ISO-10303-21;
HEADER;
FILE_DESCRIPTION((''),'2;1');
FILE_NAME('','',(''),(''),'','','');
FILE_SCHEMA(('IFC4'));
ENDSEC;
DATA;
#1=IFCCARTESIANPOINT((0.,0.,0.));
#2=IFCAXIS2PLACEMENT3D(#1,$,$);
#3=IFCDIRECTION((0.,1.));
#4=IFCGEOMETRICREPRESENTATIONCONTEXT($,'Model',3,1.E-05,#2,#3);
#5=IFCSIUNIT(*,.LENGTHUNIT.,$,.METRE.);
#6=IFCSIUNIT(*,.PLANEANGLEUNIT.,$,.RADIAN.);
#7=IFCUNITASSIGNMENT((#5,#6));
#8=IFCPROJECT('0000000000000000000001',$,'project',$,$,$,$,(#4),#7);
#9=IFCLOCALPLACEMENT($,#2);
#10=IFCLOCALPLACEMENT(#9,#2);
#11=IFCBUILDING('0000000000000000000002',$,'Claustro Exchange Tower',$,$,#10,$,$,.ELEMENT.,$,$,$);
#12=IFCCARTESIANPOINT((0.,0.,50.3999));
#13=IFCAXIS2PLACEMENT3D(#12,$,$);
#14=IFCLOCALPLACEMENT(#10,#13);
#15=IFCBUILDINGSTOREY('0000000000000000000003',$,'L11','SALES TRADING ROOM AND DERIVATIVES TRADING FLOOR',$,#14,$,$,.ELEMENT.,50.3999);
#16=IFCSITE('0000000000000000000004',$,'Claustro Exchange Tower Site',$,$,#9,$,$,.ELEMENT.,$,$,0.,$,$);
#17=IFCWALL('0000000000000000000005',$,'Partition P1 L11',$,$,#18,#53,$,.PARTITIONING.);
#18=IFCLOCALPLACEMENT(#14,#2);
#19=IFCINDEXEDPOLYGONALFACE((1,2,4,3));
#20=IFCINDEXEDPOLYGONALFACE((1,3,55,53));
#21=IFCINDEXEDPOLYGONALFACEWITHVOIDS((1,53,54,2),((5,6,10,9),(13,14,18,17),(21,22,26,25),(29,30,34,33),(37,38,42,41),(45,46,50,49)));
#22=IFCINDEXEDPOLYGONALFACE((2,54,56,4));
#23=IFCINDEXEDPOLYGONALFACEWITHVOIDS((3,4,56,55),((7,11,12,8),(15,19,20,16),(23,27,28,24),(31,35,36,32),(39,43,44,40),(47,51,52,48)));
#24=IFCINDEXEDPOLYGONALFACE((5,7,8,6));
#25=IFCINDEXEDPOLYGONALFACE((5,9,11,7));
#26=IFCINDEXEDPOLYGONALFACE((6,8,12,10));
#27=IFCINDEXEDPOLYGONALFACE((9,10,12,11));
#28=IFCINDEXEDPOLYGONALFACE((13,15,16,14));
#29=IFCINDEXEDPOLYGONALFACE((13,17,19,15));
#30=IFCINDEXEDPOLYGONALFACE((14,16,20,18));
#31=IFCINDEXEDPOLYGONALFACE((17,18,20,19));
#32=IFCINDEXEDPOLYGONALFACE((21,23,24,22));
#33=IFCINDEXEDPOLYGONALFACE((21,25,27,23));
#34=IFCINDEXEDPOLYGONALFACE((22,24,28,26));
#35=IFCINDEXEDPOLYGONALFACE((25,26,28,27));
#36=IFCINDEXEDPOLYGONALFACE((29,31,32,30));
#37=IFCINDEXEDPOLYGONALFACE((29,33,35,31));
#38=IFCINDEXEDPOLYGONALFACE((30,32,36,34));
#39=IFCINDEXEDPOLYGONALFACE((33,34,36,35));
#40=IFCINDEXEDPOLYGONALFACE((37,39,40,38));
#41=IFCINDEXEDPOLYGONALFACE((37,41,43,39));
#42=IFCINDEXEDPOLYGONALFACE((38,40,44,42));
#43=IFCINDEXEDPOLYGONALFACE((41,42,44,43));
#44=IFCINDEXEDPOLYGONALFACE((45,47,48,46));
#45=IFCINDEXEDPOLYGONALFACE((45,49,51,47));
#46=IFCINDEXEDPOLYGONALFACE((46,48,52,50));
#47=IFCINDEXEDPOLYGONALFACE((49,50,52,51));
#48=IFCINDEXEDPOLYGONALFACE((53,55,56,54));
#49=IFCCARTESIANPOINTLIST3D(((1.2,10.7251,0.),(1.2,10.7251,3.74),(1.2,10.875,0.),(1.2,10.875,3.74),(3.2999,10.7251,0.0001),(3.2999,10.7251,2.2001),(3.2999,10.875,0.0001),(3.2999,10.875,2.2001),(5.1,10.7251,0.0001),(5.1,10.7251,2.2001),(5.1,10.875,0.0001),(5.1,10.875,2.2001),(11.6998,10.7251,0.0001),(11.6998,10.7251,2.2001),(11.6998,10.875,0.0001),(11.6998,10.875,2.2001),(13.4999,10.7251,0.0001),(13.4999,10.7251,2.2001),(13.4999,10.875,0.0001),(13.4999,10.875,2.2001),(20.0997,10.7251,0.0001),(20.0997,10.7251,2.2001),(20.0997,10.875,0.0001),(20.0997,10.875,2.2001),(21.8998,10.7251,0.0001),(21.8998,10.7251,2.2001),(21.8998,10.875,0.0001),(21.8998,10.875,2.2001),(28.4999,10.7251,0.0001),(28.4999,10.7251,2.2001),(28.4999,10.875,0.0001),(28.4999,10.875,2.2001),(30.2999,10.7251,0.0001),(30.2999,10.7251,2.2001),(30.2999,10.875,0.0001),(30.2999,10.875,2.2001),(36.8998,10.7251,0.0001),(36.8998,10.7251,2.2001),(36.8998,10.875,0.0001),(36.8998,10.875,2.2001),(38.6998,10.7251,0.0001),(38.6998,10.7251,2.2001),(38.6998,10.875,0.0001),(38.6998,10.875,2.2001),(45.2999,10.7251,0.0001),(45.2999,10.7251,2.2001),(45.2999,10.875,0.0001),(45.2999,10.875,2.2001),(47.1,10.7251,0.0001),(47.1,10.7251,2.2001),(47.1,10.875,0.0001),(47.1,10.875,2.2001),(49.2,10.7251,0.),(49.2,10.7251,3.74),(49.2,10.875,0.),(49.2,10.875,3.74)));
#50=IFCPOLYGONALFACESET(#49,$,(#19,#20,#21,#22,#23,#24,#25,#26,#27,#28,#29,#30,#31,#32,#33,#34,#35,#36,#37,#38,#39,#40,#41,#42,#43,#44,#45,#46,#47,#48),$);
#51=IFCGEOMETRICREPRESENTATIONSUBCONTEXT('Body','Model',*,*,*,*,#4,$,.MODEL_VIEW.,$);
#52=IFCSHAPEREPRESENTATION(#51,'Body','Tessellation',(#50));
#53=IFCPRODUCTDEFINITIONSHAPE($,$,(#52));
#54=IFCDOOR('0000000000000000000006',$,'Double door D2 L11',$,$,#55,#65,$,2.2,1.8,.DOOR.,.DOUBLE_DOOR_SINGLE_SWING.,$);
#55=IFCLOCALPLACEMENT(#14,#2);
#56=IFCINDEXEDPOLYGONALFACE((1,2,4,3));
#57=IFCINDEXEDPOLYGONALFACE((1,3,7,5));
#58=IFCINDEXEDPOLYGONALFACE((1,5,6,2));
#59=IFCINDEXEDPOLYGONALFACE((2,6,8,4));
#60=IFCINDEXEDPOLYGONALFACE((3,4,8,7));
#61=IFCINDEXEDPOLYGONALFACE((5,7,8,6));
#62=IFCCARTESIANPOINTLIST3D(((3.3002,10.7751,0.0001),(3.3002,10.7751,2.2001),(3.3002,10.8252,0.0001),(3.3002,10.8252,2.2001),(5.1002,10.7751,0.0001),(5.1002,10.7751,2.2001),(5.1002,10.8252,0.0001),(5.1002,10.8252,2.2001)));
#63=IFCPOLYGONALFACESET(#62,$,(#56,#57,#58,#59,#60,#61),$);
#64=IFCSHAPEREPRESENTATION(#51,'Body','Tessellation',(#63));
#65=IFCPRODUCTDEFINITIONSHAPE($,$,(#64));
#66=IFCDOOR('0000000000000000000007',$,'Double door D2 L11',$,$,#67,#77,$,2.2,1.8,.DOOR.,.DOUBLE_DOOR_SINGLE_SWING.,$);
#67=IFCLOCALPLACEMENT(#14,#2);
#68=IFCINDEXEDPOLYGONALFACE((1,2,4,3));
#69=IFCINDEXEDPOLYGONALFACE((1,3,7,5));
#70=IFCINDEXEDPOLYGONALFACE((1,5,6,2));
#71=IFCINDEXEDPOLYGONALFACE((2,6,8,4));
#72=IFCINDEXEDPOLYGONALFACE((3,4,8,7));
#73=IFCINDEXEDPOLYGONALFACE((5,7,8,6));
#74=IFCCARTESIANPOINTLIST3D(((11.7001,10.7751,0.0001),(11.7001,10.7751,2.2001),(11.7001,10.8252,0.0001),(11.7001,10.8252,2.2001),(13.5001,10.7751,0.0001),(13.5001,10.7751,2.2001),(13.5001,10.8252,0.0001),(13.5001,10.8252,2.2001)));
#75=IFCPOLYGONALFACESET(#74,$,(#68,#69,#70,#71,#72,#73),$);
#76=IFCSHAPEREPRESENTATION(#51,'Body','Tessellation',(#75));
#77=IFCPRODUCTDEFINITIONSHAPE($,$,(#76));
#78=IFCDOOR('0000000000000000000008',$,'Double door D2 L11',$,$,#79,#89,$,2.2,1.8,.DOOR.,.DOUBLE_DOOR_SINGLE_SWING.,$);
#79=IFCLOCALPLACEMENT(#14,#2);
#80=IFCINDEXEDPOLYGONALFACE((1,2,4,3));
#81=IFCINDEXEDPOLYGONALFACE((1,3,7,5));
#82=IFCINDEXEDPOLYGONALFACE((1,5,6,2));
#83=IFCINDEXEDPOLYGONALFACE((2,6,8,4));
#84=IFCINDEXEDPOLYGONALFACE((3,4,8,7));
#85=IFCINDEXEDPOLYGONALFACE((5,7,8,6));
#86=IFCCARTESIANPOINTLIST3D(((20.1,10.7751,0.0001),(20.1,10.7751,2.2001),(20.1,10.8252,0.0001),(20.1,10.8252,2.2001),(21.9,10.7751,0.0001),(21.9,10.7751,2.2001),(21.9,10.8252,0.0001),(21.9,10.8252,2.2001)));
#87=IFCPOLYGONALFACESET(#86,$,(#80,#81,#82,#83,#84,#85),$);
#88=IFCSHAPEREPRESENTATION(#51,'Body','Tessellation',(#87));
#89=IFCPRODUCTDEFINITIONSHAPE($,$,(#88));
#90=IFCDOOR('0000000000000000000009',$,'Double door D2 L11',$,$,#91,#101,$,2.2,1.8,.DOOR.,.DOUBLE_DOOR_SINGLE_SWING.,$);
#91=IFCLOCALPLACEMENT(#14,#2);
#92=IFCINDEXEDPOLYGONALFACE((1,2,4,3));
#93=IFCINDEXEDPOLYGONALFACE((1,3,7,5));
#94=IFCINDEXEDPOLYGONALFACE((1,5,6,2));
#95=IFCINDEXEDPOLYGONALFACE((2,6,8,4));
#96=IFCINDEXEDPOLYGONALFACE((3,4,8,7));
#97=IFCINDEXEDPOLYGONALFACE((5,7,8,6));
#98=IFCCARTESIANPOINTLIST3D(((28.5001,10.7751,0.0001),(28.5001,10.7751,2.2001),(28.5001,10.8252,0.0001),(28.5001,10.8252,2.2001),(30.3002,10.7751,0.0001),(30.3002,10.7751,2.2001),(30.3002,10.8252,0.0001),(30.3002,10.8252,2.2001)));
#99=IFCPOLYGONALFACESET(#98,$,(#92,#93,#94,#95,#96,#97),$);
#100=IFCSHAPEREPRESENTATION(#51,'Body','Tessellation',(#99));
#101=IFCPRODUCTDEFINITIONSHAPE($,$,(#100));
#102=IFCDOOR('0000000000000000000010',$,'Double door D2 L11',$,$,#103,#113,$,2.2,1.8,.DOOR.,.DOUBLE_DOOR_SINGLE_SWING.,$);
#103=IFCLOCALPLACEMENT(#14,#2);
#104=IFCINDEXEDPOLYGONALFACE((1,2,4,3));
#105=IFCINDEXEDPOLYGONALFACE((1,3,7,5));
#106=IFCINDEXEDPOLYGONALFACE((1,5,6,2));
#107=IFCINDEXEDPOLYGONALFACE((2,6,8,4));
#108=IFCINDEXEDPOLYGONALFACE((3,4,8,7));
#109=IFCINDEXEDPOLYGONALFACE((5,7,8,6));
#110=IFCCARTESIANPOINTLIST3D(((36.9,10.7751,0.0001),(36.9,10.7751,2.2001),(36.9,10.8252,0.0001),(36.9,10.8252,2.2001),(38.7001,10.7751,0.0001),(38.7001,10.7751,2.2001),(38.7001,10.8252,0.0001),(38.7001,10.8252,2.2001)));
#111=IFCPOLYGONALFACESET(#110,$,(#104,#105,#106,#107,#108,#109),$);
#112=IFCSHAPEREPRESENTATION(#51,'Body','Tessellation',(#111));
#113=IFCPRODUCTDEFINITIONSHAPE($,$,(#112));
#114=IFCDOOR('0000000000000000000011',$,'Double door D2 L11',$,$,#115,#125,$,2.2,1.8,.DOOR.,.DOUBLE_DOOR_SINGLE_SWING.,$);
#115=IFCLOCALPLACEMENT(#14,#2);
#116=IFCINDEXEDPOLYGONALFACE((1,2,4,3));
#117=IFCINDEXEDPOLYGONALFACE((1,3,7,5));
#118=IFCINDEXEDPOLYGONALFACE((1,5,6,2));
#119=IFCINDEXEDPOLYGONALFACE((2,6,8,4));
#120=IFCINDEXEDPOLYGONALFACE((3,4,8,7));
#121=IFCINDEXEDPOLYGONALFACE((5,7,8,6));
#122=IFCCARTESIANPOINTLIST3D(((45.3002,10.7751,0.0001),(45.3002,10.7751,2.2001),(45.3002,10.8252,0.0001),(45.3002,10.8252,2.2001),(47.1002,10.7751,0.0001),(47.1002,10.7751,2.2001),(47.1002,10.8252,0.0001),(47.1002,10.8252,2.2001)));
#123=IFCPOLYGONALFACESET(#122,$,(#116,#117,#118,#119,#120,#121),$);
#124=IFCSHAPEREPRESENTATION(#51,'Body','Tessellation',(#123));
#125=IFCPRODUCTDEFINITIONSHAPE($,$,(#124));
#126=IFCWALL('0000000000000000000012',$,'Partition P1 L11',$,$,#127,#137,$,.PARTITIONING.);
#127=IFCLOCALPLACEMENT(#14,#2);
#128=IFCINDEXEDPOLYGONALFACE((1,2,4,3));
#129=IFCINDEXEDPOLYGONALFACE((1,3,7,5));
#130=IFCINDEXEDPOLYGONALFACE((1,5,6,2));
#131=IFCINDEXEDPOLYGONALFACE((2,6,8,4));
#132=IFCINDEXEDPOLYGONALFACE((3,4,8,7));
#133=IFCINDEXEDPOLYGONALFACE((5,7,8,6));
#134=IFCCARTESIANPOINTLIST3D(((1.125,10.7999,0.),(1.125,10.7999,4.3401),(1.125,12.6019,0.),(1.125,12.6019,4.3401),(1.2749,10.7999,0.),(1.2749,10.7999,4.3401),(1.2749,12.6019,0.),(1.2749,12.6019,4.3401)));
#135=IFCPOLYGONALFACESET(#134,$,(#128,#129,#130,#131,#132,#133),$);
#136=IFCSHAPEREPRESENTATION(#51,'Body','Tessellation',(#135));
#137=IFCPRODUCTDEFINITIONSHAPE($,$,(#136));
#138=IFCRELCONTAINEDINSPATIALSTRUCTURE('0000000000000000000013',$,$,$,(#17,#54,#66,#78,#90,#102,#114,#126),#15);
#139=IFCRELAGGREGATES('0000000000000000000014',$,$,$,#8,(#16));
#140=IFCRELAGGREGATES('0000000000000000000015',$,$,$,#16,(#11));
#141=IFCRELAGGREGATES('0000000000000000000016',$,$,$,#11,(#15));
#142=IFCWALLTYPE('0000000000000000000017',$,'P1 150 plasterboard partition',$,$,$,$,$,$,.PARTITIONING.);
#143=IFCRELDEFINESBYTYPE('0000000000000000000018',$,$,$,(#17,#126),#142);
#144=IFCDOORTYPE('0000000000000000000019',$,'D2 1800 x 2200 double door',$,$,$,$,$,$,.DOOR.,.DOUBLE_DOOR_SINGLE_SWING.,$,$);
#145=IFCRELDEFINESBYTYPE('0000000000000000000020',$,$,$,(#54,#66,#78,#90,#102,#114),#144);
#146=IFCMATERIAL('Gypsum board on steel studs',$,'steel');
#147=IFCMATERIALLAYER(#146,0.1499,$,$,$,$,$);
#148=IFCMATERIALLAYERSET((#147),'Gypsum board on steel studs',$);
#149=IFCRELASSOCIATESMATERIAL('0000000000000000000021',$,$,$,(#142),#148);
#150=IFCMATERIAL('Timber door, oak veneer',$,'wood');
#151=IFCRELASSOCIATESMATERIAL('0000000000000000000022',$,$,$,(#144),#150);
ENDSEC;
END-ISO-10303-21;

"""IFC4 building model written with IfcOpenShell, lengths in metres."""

from ifc_helpers import new_model, si_unit, direction, frame, frame_2d, origin, place, context, subcontext, project, spatial, rectangle, extrude, material, layer, layer_set, type_object, element, fill, save


model = new_model("IFC4")

# Units and contexts
model_context = context("Model", 3, precision=1e-05, world=origin(), true_north=direction((0.0, 1.0)))
body_context = subcontext(model_context, "Body", "Model", "MODEL_VIEW")
ifc_project = project(units=[si_unit("LENGTHUNIT", "METRE"), si_unit("PLANEANGLEUNIT", "RADIAN")], contexts=[model_context])

# Site, building, storey
site_placement = place(None, origin())
site = spatial("IfcSite", under=ifc_project, at=site_placement, Name="Claustro Exchange Tower Site", CompositionType="ELEMENT", RefElevation=0.0)
building_placement = place(site_placement, origin())
building = spatial("IfcBuilding", under=site, at=building_placement, Name="Claustro Exchange Tower", CompositionType="ELEMENT")
storey_placement = place(building_placement, frame((0.0, 0.0, 50.3999)))
storey = spatial("IfcBuildingStorey", under=building, at=storey_placement, Name="L11", Description="SALES TRADING ROOM AND DERIVATIVES TRADING FLOOR", CompositionType="ELEMENT", Elevation=50.3999)

# Wall, openings, doors
ifc_material_1 = material(Name="Gypsum board on steel studs", Category="steel")
ifc_layer_1 = layer(ifc_material_1, 0.1499)
ifc_layer_set_1 = layer_set([ifc_layer_1], Name="Gypsum board on steel studs")
wall_type_1 = type_object("IfcWallType", Name="P1 150 plasterboard partition", PredefinedType="PARTITIONING", material=ifc_layer_set_1)
wall_1_placement = place(storey_placement, frame((1.2, 10.8, 0.0), z_axis=(0.0, 0.0, 1.0), x_axis=(1.0, 0.0, 0.0)))
wall_1 = element("IfcWall", 1, at=wall_1_placement, inside=storey, type_object=wall_type_1, Name="Partition P1 L11", PredefinedType="PARTITIONING", context=body_context, shape_type="SweptSolid", body=[
    extrude(rectangle(XDim=48.0, YDim=0.1499, at=frame_2d((24.0, 0.0))), origin(), (0.0, 0.0, 1.0), 3.74),
])
opening_1_placement = place(wall_1_placement, frame((2.1001, 0.0, 0.0)))
opening_1 = element("IfcOpeningElement", 2, at=opening_1_placement, cuts=wall_1, PredefinedType="OPENING", context=body_context, shape_type="SweptSolid", body=[
    extrude(rectangle(XDim=1.8, YDim=2.2, at=frame_2d((0.8999, 1.1001))), frame((0.0, 0.085, 0.0), z_axis=(0.0, -1.0, 0.0), x_axis=(1.0, 0.0, 0.0)), (0.0, 0.0, 1.0), 0.1699),
])
opening_2_placement = place(wall_1_placement, frame((10.5, 0.0, 0.0)))
opening_2 = element("IfcOpeningElement", 3, at=opening_2_placement, cuts=wall_1, PredefinedType="OPENING", context=body_context, shape_type="SweptSolid", body=[
    extrude(rectangle(XDim=1.8, YDim=2.2, at=frame_2d((0.8999, 1.1001))), frame((0.0, 0.085, 0.0), z_axis=(0.0, -1.0, 0.0), x_axis=(1.0, 0.0, 0.0)), (0.0, 0.0, 1.0), 0.1699),
])
opening_3_placement = place(wall_1_placement, frame((18.8999, 0.0, 0.0)))
opening_3 = element("IfcOpeningElement", 4, at=opening_3_placement, cuts=wall_1, PredefinedType="OPENING", context=body_context, shape_type="SweptSolid", body=[
    extrude(rectangle(XDim=1.8, YDim=2.2, at=frame_2d((0.8999, 1.1001))), frame((0.0, 0.085, 0.0), z_axis=(0.0, -1.0, 0.0), x_axis=(1.0, 0.0, 0.0)), (0.0, 0.0, 1.0), 0.1699),
])
opening_4_placement = place(wall_1_placement, frame((27.3, 0.0, 0.0)))
opening_4 = element("IfcOpeningElement", 5, at=opening_4_placement, cuts=wall_1, PredefinedType="OPENING", context=body_context, shape_type="SweptSolid", body=[
    extrude(rectangle(XDim=1.8, YDim=2.2, at=frame_2d((0.8999, 1.1001))), frame((0.0, 0.085, 0.0), z_axis=(0.0, -1.0, 0.0), x_axis=(1.0, 0.0, 0.0)), (0.0, 0.0, 1.0), 0.1699),
])
opening_5_placement = place(wall_1_placement, frame((35.7, 0.0, 0.0)))
opening_5 = element("IfcOpeningElement", 6, at=opening_5_placement, cuts=wall_1, PredefinedType="OPENING", context=body_context, shape_type="SweptSolid", body=[
    extrude(rectangle(XDim=1.8, YDim=2.2, at=frame_2d((0.8999, 1.1001))), frame((0.0, 0.085, 0.0), z_axis=(0.0, -1.0, 0.0), x_axis=(1.0, 0.0, 0.0)), (0.0, 0.0, 1.0), 0.1699),
])
opening_6_placement = place(wall_1_placement, frame((44.1001, 0.0, 0.0)))
opening_6 = element("IfcOpeningElement", 7, at=opening_6_placement, cuts=wall_1, PredefinedType="OPENING", context=body_context, shape_type="SweptSolid", body=[
    extrude(rectangle(XDim=1.8, YDim=2.2, at=frame_2d((0.8999, 1.1001))), frame((0.0, 0.085, 0.0), z_axis=(0.0, -1.0, 0.0), x_axis=(1.0, 0.0, 0.0)), (0.0, 0.0, 1.0), 0.1699),
])
ifc_material_2 = material(Name="Timber door, oak veneer", Category="wood")
door_type_1 = type_object("IfcDoorType", Name="D2 1800 x 2200 double door", OperationType="DOUBLE_DOOR_SINGLE_SWING", PredefinedType="DOOR", material=ifc_material_2)
door_1_placement = place(opening_1_placement, frame((1.8, 0.0, 0.0), z_axis=(0.0, 0.0, 1.0), x_axis=(-1.0, 0.0, 0.0)))
door_1 = element("IfcDoor", 8, at=door_1_placement, inside=storey, type_object=door_type_1, Name="Double door D2 L11", OperationType="DOUBLE_DOOR_SINGLE_SWING", OverallHeight=2.2, OverallWidth=1.8, PredefinedType="DOOR", context=body_context, shape_type="SweptSolid", body=[
    extrude(rectangle(XDim=1.8, YDim=2.2, at=frame_2d((0.8999, 1.1001))), frame((0.0, 0.0249, 0.0), z_axis=(0.0, -1.0, 0.0), x_axis=(1.0, 0.0, 0.0)), (0.0, 0.0, 1.0), 0.05),
])
fill(opening_1, door_1)
door_2_placement = place(opening_2_placement, frame((1.8, 0.0, 0.0), z_axis=(0.0, 0.0, 1.0), x_axis=(-1.0, 0.0, 0.0)))
door_2 = element("IfcDoor", 9, at=door_2_placement, inside=storey, type_object=door_type_1, Name="Double door D2 L11", OperationType="DOUBLE_DOOR_SINGLE_SWING", OverallHeight=2.2, OverallWidth=1.8, PredefinedType="DOOR", context=body_context, shape_type="SweptSolid", body=[
    extrude(rectangle(XDim=1.8, YDim=2.2, at=frame_2d((0.8999, 1.1001))), frame((0.0, 0.0249, 0.0), z_axis=(0.0, -1.0, 0.0), x_axis=(1.0, 0.0, 0.0)), (0.0, 0.0, 1.0), 0.05),
])
fill(opening_2, door_2)
door_3_placement = place(opening_3_placement, frame((1.8, 0.0, 0.0), z_axis=(0.0, 0.0, 1.0), x_axis=(-1.0, 0.0, 0.0)))
door_3 = element("IfcDoor", 10, at=door_3_placement, inside=storey, type_object=door_type_1, Name="Double door D2 L11", OperationType="DOUBLE_DOOR_SINGLE_SWING", OverallHeight=2.2, OverallWidth=1.8, PredefinedType="DOOR", context=body_context, shape_type="SweptSolid", body=[
    extrude(rectangle(XDim=1.8, YDim=2.2, at=frame_2d((0.8999, 1.1001))), frame((0.0, 0.0249, 0.0), z_axis=(0.0, -1.0, 0.0), x_axis=(1.0, 0.0, 0.0)), (0.0, 0.0, 1.0), 0.05),
])
fill(opening_3, door_3)
door_4_placement = place(opening_4_placement, frame((1.8, 0.0, 0.0), z_axis=(0.0, 0.0, 1.0), x_axis=(-1.0, 0.0, 0.0)))
door_4 = element("IfcDoor", 11, at=door_4_placement, inside=storey, type_object=door_type_1, Name="Double door D2 L11", OperationType="DOUBLE_DOOR_SINGLE_SWING", OverallHeight=2.2, OverallWidth=1.8, PredefinedType="DOOR", context=body_context, shape_type="SweptSolid", body=[
    extrude(rectangle(XDim=1.8, YDim=2.2, at=frame_2d((0.8999, 1.1001))), frame((0.0, 0.0249, 0.0), z_axis=(0.0, -1.0, 0.0), x_axis=(1.0, 0.0, 0.0)), (0.0, 0.0, 1.0), 0.05),
])
fill(opening_4, door_4)
door_5_placement = place(opening_5_placement, frame((1.8, 0.0, 0.0), z_axis=(0.0, 0.0, 1.0), x_axis=(-1.0, 0.0, 0.0)))
door_5 = element("IfcDoor", 12, at=door_5_placement, inside=storey, type_object=door_type_1, Name="Double door D2 L11", OperationType="DOUBLE_DOOR_SINGLE_SWING", OverallHeight=2.2, OverallWidth=1.8, PredefinedType="DOOR", context=body_context, shape_type="SweptSolid", body=[
    extrude(rectangle(XDim=1.8, YDim=2.2, at=frame_2d((0.8999, 1.1001))), frame((0.0, 0.0249, 0.0), z_axis=(0.0, -1.0, 0.0), x_axis=(1.0, 0.0, 0.0)), (0.0, 0.0, 1.0), 0.05),
])
fill(opening_5, door_5)
door_6_placement = place(opening_6_placement, frame((1.8, 0.0, 0.0), z_axis=(0.0, 0.0, 1.0), x_axis=(-1.0, 0.0, 0.0)))
door_6 = element("IfcDoor", 13, at=door_6_placement, inside=storey, type_object=door_type_1, Name="Double door D2 L11", OperationType="DOUBLE_DOOR_SINGLE_SWING", OverallHeight=2.2, OverallWidth=1.8, PredefinedType="DOOR", context=body_context, shape_type="SweptSolid", body=[
    extrude(rectangle(XDim=1.8, YDim=2.2, at=frame_2d((0.8999, 1.1001))), frame((0.0, 0.0249, 0.0), z_axis=(0.0, -1.0, 0.0), x_axis=(1.0, 0.0, 0.0)), (0.0, 0.0, 1.0), 0.05),
])
fill(opening_6, door_6)

# Wall
wall_2_placement = place(storey_placement, frame((1.2, 10.8, 0.0), z_axis=(0.0, 0.0, 1.0), x_axis=(0.0, 1.0, 0.0)))
element("IfcWall", 14, at=wall_2_placement, inside=storey, type_object=wall_type_1, Name="Partition P1 L11", PredefinedType="PARTITIONING", context=body_context, shape_type="SweptSolid", body=[
    extrude(rectangle(XDim=1.802, YDim=0.1499, at=frame_2d((0.9009, 0.0))), origin(), (0.0, 0.0, 1.0), 4.3401),
])

save(model, "model.ifc")
